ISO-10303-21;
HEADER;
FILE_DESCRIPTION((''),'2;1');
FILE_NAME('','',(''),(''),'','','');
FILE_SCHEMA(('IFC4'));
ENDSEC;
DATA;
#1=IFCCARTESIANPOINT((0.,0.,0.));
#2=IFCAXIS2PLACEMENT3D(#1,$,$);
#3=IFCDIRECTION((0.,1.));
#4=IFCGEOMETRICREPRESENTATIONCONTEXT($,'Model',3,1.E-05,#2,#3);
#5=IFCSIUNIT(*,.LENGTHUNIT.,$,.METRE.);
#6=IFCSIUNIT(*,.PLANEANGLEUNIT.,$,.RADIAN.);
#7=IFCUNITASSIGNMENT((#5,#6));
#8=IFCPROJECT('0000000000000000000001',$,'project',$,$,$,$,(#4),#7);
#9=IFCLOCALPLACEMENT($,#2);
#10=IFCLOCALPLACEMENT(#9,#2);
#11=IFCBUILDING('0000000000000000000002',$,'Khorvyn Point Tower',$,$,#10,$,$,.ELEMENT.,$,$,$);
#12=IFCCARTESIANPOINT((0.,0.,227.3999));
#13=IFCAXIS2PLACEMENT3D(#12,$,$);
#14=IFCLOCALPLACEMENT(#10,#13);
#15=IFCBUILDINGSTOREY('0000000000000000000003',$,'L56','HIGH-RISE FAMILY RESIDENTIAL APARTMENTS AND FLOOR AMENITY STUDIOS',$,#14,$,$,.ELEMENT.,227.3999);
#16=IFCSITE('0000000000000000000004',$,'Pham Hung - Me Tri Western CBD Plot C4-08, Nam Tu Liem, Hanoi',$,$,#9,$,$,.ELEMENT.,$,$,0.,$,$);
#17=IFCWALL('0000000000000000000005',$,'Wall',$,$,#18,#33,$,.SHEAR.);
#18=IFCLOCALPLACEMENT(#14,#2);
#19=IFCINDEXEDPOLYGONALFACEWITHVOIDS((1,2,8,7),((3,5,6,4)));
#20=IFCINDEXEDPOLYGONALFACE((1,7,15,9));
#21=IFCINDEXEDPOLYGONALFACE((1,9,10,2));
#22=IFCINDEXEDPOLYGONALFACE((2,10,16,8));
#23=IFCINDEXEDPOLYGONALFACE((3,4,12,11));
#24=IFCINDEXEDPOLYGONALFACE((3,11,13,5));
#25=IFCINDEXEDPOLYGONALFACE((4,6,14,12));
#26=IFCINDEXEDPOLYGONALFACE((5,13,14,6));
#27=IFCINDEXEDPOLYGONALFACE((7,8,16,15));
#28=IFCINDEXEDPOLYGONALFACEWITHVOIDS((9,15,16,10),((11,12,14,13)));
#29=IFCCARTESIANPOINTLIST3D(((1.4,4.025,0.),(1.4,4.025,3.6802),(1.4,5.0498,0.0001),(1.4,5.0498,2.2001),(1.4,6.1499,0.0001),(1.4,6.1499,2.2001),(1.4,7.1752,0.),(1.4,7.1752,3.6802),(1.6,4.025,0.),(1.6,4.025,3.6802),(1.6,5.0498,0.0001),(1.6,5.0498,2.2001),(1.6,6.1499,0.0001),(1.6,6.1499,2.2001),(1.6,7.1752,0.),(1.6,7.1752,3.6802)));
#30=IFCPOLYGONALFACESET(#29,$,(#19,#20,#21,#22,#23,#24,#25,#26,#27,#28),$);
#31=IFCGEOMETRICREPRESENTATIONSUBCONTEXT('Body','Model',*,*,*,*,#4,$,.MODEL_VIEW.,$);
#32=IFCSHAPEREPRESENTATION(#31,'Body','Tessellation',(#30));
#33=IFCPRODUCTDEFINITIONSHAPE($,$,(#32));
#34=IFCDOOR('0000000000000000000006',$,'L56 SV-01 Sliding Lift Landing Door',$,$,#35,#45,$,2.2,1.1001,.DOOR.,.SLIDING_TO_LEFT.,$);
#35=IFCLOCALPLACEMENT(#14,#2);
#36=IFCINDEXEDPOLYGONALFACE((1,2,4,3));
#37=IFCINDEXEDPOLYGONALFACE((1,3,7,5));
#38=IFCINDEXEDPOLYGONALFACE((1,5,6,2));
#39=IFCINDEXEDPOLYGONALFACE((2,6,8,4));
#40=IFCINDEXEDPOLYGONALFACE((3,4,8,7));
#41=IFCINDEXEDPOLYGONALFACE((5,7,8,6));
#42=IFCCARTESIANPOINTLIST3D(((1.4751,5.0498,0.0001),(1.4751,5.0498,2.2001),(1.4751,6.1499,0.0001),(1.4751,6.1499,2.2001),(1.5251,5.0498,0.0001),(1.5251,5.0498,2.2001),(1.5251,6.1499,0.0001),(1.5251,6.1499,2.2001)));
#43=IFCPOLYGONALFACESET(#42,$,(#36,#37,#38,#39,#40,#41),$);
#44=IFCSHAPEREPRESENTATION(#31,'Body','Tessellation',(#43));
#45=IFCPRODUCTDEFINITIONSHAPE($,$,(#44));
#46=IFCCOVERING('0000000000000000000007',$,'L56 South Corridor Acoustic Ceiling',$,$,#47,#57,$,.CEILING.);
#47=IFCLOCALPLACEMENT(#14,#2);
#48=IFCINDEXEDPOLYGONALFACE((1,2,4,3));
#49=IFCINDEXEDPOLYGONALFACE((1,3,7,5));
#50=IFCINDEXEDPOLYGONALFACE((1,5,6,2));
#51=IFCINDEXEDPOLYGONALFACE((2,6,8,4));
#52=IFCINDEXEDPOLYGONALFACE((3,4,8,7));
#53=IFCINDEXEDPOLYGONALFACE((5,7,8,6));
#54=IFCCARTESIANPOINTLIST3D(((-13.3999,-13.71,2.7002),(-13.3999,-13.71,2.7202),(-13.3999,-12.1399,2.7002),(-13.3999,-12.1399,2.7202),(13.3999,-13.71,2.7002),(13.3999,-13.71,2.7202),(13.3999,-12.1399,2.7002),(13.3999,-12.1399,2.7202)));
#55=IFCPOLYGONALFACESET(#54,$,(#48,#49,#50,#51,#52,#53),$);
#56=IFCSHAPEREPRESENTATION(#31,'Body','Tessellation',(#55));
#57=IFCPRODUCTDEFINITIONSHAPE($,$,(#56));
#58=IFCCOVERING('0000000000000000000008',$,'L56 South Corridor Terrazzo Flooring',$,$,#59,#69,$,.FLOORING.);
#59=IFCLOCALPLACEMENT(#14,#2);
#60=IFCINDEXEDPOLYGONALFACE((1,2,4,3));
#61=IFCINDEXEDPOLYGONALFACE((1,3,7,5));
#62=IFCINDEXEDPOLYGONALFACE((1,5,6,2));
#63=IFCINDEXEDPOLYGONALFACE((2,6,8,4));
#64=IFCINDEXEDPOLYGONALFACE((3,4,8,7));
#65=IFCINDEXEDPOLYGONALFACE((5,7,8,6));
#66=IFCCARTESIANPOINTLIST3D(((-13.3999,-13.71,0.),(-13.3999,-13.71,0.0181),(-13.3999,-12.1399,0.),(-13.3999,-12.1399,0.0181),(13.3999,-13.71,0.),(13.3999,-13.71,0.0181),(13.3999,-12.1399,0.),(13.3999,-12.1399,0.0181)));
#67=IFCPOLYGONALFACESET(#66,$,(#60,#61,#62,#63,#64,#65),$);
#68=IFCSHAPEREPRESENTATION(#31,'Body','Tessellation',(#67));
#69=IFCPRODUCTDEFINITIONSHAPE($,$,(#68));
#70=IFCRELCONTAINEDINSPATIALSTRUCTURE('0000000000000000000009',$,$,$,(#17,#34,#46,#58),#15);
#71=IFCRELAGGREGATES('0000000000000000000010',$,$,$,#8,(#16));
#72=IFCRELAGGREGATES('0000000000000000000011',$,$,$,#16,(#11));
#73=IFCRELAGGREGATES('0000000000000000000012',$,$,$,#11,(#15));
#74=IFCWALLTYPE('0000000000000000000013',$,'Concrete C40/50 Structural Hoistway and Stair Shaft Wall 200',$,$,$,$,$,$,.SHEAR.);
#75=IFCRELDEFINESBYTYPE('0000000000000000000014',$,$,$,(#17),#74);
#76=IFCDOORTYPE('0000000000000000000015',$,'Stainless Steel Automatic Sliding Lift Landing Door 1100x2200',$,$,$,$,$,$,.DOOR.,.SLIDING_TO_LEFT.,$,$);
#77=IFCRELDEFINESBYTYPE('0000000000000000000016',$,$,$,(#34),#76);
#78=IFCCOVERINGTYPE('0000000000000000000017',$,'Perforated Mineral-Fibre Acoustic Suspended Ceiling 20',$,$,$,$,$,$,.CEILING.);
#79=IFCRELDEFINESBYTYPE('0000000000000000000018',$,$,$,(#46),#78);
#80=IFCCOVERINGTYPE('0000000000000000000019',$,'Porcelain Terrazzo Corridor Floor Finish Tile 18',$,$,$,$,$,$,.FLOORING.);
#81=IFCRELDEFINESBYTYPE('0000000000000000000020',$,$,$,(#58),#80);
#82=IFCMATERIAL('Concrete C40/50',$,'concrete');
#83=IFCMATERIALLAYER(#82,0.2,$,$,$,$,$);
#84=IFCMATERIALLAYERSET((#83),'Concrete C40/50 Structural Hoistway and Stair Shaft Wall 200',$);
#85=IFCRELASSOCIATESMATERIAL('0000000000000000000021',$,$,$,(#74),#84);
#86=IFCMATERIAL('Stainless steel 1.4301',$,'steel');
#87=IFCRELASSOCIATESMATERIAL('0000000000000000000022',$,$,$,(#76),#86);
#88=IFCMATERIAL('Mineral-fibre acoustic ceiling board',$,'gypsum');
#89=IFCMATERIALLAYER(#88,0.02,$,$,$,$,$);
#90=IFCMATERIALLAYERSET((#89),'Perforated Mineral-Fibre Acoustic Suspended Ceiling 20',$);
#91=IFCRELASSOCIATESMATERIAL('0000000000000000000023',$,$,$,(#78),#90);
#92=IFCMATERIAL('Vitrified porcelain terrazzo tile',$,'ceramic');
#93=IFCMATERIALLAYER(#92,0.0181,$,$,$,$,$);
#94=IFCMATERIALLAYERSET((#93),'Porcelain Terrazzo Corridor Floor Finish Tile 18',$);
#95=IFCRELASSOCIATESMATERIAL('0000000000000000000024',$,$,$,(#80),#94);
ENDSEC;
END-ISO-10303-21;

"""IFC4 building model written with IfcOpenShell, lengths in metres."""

from ifc_helpers import new_model, si_unit, direction, frame, frame_2d, origin, place, context, subcontext, project, spatial, polyline, rectangle, outline, extrude, material, layer, layer_set, type_object, element, fill, save


model = new_model("IFC4")

# Units and contexts
model_context = context("Model", 3, precision=1e-05, world=origin(), true_north=direction((0.0, 1.0)))
body_context = subcontext(model_context, "Body", "Model", "MODEL_VIEW")
ifc_project = project(units=[si_unit("LENGTHUNIT", "METRE"), si_unit("PLANEANGLEUNIT", "RADIAN")], contexts=[model_context])

# Site, building, storey
site_placement = place(None, origin())
site = spatial("IfcSite", under=ifc_project, at=site_placement, Name="Pham Hung - Me Tri Western CBD Plot C4-08, Nam Tu Liem, Hanoi", CompositionType="ELEMENT", RefElevation=0.0)
building_placement = place(site_placement, origin())
building = spatial("IfcBuilding", under=site, at=building_placement, Name="Khorvyn Point Tower", CompositionType="ELEMENT")
storey_placement = place(building_placement, frame((0.0, 0.0, 227.3999)))
storey = spatial("IfcBuildingStorey", under=building, at=storey_placement, Name="L56", Description="HIGH-RISE FAMILY RESIDENTIAL APARTMENTS AND FLOOR AMENITY STUDIOS", CompositionType="ELEMENT", Elevation=227.3999)

# Shared definitions
ifc_material_1 = material(Name="Concrete C40/50", Category="concrete")

# Shared definitions
ifc_layer_1 = layer(ifc_material_1, 0.2)
ifc_layer_set_1 = layer_set([ifc_layer_1], Name="Concrete C40/50 Structural Hoistway and Stair Shaft Wall 200")
wall_type = type_object("IfcWallType", Name="Concrete C40/50 Structural Hoistway and Stair Shaft Wall 200", PredefinedType="SHEAR", material=ifc_layer_set_1)

# Shared definitions
ifc_material_2 = material(Name="Stainless steel 1.4301", Category="steel")
door_type = type_object("IfcDoorType", Name="Stainless Steel Automatic Sliding Lift Landing Door 1100x2200", OperationType="SLIDING_TO_LEFT", PredefinedType="DOOR", material=ifc_material_2)

# Wall, opening, door
wall_1_placement = place(storey_placement, frame((1.5, 4.0249, 0.0), z_axis=(0.0, 0.0, 1.0), x_axis=(0.0, 1.0, 0.0)))
wall_1 = element("IfcWall", 1, at=wall_1_placement, inside=storey, type_object=wall_type, Name="Wall", PredefinedType="SHEAR", context=body_context, shape_type="SweptSolid", body=[
    extrude(rectangle(XDim=3.1501, YDim=0.2, at=frame_2d((1.5752, 0.0))), origin(), (0.0, 0.0, 1.0), 3.6802),
])
opening_1_placement = place(wall_1_placement, frame((1.0249, 0.0, 0.0)))
opening_1 = element("IfcOpeningElement", 2, at=opening_1_placement, cuts=wall_1, PredefinedType="OPENING", context=body_context, shape_type="SweptSolid", body=[
    extrude(rectangle(XDim=1.1001, YDim=2.2, at=frame_2d((0.55, 1.1001))), frame((0.0, 0.1099, 0.0), z_axis=(0.0, -1.0, 0.0), x_axis=(1.0, 0.0, 0.0)), (0.0, 0.0, 1.0), 0.22),
])
door_1_placement = place(opening_1_placement, origin())
door_1 = element("IfcDoor", 3, at=door_1_placement, inside=storey, type_object=door_type, Name="L56 SV-01 Sliding Lift Landing Door", OperationType="SLIDING_TO_LEFT", OverallHeight=2.2, OverallWidth=1.1001, PredefinedType="DOOR", context=body_context, shape_type="SweptSolid", body=[
    extrude(rectangle(XDim=1.1001, YDim=2.2, at=frame_2d((0.55, 1.1001))), frame((0.0, 0.0249, 0.0), z_axis=(0.0, -1.0, 0.0), x_axis=(1.0, 0.0, 0.0)), (0.0, 0.0, 1.0), 0.05),
])
fill(opening_1, door_1)

# Coverings
ifc_material_3 = material(Name="Mineral-fibre acoustic ceiling board", Category="gypsum")
ifc_layer_2 = layer(ifc_material_3, 0.02)
ifc_layer_set_2 = layer_set([ifc_layer_2], Name="Perforated Mineral-Fibre Acoustic Suspended Ceiling 20")
covering_type_1 = type_object("IfcCoveringType", Name="Perforated Mineral-Fibre Acoustic Suspended Ceiling 20", PredefinedType="CEILING", material=ifc_layer_set_2)
covering_1_placement = place(storey_placement, frame((0.0, 0.0, 2.7002)))
element("IfcCovering", 4, at=covering_1_placement, inside=storey, type_object=covering_type_1, Name="L56 South Corridor Acoustic Ceiling", PredefinedType="CEILING", context=body_context, shape_type="SweptSolid", body=[
    extrude(outline(polyline([(-13.3999, -13.71), (13.3999, -13.71), (13.3999, -12.1399), (-13.3999, -12.1399), (-13.3999, -13.71)])), origin(), (0.0, 0.0, 1.0), 0.02),
])
ifc_material_4 = material(Name="Vitrified porcelain terrazzo tile", Category="ceramic")
ifc_layer_3 = layer(ifc_material_4, 0.0181)
ifc_layer_set_3 = layer_set([ifc_layer_3], Name="Porcelain Terrazzo Corridor Floor Finish Tile 18")
covering_type_2 = type_object("IfcCoveringType", Name="Porcelain Terrazzo Corridor Floor Finish Tile 18", PredefinedType="FLOORING", material=ifc_layer_set_3)
covering_2_placement = place(storey_placement, origin())
element("IfcCovering", 5, at=covering_2_placement, inside=storey, type_object=covering_type_2, Name="L56 South Corridor Terrazzo Flooring", PredefinedType="FLOORING", context=body_context, shape_type="SweptSolid", body=[
    extrude(outline(polyline([(-13.3999, -13.71), (13.3999, -13.71), (13.3999, -12.1399), (-13.3999, -12.1399), (-13.3999, -13.71)])), origin(), (0.0, 0.0, 1.0), 0.0181),
])

save(model, "model.ifc")
